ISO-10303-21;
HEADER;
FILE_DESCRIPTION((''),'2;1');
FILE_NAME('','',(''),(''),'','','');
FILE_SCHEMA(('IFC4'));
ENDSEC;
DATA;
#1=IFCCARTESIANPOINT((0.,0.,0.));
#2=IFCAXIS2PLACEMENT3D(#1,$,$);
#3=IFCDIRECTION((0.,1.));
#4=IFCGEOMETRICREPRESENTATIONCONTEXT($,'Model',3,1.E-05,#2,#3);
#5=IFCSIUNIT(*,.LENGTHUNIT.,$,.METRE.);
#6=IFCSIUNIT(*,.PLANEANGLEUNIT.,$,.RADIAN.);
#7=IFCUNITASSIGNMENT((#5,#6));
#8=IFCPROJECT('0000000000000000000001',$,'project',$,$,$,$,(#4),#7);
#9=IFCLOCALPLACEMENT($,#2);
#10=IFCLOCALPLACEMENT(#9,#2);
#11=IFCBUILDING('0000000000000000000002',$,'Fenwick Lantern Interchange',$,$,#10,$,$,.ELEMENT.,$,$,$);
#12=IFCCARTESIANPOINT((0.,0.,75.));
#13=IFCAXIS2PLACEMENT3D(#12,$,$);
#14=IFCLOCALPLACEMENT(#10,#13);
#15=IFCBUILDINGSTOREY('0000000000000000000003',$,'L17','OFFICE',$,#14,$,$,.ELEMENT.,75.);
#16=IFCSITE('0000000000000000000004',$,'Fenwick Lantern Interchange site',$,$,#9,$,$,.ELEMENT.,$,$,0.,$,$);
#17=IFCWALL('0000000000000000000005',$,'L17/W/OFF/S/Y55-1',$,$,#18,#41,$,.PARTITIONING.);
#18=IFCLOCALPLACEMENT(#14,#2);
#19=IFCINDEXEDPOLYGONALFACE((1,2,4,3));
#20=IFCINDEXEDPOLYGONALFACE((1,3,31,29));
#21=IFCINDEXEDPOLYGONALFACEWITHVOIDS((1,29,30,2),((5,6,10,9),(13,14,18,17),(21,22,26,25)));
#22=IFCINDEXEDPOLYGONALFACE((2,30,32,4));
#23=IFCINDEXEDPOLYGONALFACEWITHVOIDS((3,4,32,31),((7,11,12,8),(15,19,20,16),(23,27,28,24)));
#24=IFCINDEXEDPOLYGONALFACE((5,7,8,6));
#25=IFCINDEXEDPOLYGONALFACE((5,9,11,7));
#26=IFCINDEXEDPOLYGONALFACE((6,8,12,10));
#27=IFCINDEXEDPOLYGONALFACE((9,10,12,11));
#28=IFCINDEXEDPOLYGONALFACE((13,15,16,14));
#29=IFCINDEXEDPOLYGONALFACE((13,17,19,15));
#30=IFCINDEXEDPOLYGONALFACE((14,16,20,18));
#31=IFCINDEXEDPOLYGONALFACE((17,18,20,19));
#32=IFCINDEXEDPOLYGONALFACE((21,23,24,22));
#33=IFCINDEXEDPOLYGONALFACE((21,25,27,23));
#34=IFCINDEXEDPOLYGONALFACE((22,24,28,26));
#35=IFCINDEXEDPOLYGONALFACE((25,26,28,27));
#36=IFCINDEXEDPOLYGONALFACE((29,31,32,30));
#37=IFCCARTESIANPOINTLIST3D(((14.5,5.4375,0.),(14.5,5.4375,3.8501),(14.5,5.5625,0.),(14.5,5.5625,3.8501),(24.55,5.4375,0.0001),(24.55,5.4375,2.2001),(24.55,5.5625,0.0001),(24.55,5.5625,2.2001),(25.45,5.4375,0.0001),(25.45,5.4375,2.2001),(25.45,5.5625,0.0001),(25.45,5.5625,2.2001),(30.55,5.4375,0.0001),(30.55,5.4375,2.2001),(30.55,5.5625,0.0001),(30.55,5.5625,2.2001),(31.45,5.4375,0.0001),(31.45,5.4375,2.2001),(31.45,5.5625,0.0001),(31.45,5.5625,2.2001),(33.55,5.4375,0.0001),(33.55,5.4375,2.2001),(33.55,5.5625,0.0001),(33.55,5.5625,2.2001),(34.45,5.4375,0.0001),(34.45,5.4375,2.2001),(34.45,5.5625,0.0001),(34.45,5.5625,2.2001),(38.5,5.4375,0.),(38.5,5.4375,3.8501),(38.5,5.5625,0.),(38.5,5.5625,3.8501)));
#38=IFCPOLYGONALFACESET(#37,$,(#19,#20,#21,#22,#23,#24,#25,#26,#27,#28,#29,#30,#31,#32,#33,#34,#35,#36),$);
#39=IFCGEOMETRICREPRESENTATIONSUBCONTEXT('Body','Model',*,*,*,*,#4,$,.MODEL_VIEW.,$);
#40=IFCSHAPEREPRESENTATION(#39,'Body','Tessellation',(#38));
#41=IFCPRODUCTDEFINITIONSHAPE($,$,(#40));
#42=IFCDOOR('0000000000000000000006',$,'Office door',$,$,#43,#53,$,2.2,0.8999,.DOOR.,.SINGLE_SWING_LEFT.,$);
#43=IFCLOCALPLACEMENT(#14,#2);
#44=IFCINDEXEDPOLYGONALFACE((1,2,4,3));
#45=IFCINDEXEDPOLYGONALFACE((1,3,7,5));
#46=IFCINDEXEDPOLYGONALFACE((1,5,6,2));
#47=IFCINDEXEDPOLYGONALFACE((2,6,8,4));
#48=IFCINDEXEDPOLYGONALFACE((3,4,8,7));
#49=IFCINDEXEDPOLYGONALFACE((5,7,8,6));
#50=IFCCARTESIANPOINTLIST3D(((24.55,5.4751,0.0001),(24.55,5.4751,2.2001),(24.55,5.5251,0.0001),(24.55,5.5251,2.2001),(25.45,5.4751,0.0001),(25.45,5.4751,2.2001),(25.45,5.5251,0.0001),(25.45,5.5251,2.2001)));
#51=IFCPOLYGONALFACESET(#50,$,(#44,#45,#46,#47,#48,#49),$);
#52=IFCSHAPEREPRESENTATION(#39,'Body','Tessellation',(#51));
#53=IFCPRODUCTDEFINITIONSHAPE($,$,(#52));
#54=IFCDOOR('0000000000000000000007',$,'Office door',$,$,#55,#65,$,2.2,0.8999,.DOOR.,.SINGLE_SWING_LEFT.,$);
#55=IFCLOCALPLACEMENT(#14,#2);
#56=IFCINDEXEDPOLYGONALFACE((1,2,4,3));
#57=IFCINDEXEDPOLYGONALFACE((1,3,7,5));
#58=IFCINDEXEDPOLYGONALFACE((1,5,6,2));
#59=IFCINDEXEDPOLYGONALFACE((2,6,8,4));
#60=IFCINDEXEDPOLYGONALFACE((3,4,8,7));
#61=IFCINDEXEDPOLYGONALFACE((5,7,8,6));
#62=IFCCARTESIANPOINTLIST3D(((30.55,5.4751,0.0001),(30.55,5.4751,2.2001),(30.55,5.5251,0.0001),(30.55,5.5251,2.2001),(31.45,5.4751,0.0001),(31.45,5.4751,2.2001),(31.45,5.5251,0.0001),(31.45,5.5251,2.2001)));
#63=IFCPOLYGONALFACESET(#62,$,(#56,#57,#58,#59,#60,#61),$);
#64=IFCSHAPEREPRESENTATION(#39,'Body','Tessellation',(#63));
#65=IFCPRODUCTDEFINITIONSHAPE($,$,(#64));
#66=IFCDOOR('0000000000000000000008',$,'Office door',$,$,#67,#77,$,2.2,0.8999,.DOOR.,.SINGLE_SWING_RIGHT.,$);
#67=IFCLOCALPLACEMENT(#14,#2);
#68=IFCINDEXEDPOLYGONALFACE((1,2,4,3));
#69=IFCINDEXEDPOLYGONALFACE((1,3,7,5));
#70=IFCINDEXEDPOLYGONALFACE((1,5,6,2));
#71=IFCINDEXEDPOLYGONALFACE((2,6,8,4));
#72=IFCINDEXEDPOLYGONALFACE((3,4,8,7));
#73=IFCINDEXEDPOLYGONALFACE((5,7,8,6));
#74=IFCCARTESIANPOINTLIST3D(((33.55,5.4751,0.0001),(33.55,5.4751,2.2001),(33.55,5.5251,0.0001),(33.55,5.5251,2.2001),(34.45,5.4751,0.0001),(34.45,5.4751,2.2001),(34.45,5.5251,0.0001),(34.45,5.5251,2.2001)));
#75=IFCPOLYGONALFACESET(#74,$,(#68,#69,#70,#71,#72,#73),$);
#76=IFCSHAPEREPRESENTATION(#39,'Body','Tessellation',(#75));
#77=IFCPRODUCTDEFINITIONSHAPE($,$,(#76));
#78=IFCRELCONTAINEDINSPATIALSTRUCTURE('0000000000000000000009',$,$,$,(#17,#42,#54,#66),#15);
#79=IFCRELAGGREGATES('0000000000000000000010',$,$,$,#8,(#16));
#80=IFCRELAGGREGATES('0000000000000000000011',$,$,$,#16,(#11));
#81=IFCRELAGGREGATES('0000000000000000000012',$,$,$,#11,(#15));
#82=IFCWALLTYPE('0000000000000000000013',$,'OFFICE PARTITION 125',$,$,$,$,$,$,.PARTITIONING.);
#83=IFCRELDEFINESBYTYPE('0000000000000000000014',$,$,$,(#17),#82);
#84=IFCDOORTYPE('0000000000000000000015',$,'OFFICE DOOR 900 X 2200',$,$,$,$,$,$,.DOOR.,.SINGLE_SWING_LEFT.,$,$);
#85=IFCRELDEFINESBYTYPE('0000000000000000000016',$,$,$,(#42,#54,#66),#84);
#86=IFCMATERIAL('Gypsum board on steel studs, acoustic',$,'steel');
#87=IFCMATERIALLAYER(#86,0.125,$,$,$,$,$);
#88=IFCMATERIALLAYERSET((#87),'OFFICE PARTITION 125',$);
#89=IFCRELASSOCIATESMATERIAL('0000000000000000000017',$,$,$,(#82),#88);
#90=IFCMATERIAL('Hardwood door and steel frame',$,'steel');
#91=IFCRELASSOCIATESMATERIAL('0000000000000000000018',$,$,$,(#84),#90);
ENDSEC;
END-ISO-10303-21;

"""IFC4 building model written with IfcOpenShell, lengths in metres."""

from ifc_helpers import new_model, si_unit, direction, frame, frame_2d, origin, place, context, subcontext, project, spatial, rectangle, extrude, material, layer, layer_set, type_object, element, fill, save


model = new_model("IFC4")

# Units and contexts
model_context = context("Model", 3, precision=1e-05, world=origin(), true_north=direction((0.0, 1.0)))
body_context = subcontext(model_context, "Body", "Model", "MODEL_VIEW")
ifc_project = project(units=[si_unit("LENGTHUNIT", "METRE"), si_unit("PLANEANGLEUNIT", "RADIAN")], contexts=[model_context])

# Site, building, storey
site_placement = place(None, origin())
site = spatial("IfcSite", under=ifc_project, at=site_placement, Name="Fenwick Lantern Interchange site", CompositionType="ELEMENT", RefElevation=0.0)
building_placement = place(site_placement, origin())
building = spatial("IfcBuilding", under=site, at=building_placement, Name="Fenwick Lantern Interchange", CompositionType="ELEMENT")
storey_placement = place(building_placement, frame((0.0, 0.0, 75.0)))
storey = spatial("IfcBuildingStorey", under=building, at=storey_placement, Name="L17", Description="OFFICE", CompositionType="ELEMENT", Elevation=75.0)

# Shared definitions
ifc_material_1 = material(Name="Gypsum board on steel studs, acoustic", Category="steel")
ifc_layer_1 = layer(ifc_material_1, 0.125)
ifc_layer_set_1 = layer_set([ifc_layer_1], Name="OFFICE PARTITION 125")
wall_type = type_object("IfcWallType", Name="OFFICE PARTITION 125", PredefinedType="PARTITIONING", material=ifc_layer_set_1)
ifc_material_2 = material(Name="Hardwood door and steel frame", Category="steel")
door_type = type_object("IfcDoorType", Name="OFFICE DOOR 900 X 2200", OperationType="SINGLE_SWING_LEFT", PredefinedType="DOOR", material=ifc_material_2)

# Wall, openings, doors
wall_1_placement = place(storey_placement, frame((14.5, 5.5, 0.0), z_axis=(0.0, 0.0, 1.0), x_axis=(1.0, 0.0, 0.0)))
wall_1 = element("IfcWall", 1, at=wall_1_placement, inside=storey, type_object=wall_type, Name="L17/W/OFF/S/Y55-1", PredefinedType="PARTITIONING", context=body_context, shape_type="SweptSolid", body=[
    extrude(rectangle(XDim=24.0, YDim=0.125, at=frame_2d((12.0, 0.0))), origin(), (0.0, 0.0, 1.0), 3.8501),
])
opening_1_placement = place(wall_1_placement, frame((10.05, 0.0, 0.0)))
opening_1 = element("IfcOpeningElement", 2, at=opening_1_placement, cuts=wall_1, PredefinedType="OPENING", context=body_context, shape_type="SweptSolid", body=[
    extrude(rectangle(XDim=0.8999, YDim=2.2, at=frame_2d((0.45, 1.1001))), frame((0.0, 0.0725, 0.0), z_axis=(0.0, -1.0, 0.0), x_axis=(1.0, 0.0, 0.0)), (0.0, 0.0, 1.0), 0.145),
])
opening_2_placement = place(wall_1_placement, frame((16.05, 0.0, 0.0)))
opening_2 = element("IfcOpeningElement", 3, at=opening_2_placement, cuts=wall_1, PredefinedType="OPENING", context=body_context, shape_type="SweptSolid", body=[
    extrude(rectangle(XDim=0.8999, YDim=2.2, at=frame_2d((0.45, 1.1001))), frame((0.0, 0.0725, 0.0), z_axis=(0.0, -1.0, 0.0), x_axis=(1.0, 0.0, 0.0)), (0.0, 0.0, 1.0), 0.145),
])
opening_3_placement = place(wall_1_placement, frame((19.05, 0.0, 0.0)))
opening_3 = element("IfcOpeningElement", 4, at=opening_3_placement, cuts=wall_1, PredefinedType="OPENING", context=body_context, shape_type="SweptSolid", body=[
    extrude(rectangle(XDim=0.8999, YDim=2.2, at=frame_2d((0.45, 1.1001))), frame((0.0, 0.0725, 0.0), z_axis=(0.0, -1.0, 0.0), x_axis=(1.0, 0.0, 0.0)), (0.0, 0.0, 1.0), 0.145),
])
door_1_placement = place(opening_1_placement, frame((0.8999, 0.0, 0.0), z_axis=(0.0, 0.0, 1.0), x_axis=(-1.0, 0.0, 0.0)))
door_1 = element("IfcDoor", 5, at=door_1_placement, inside=storey, type_object=door_type, Name="Office door", OperationType="SINGLE_SWING_LEFT", OverallHeight=2.2, OverallWidth=0.8999, PredefinedType="DOOR", context=body_context, shape_type="SweptSolid", body=[
    extrude(rectangle(XDim=0.8999, YDim=2.2, at=frame_2d((0.45, 1.1001))), frame((0.0, 0.0249, 0.0), z_axis=(0.0, -1.0, 0.0), x_axis=(1.0, 0.0, 0.0)), (0.0, 0.0, 1.0), 0.05),
])
fill(opening_1, door_1)
door_2_placement = place(opening_2_placement, frame((0.8999, 0.0, 0.0), z_axis=(0.0, 0.0, 1.0), x_axis=(-1.0, 0.0, 0.0)))
door_2 = element("IfcDoor", 6, at=door_2_placement, inside=storey, type_object=door_type, Name="Office door", OperationType="SINGLE_SWING_LEFT", OverallHeight=2.2, OverallWidth=0.8999, PredefinedType="DOOR", context=body_context, shape_type="SweptSolid", body=[
    extrude(rectangle(XDim=0.8999, YDim=2.2, at=frame_2d((0.45, 1.1001))), frame((0.0, 0.0249, 0.0), z_axis=(0.0, -1.0, 0.0), x_axis=(1.0, 0.0, 0.0)), (0.0, 0.0, 1.0), 0.05),
])
fill(opening_2, door_2)
door_3_placement = place(opening_3_placement, frame((0.8999, 0.0, 0.0), z_axis=(0.0, 0.0, 1.0), x_axis=(-1.0, 0.0, 0.0)))
door_3 = element("IfcDoor", 7, at=door_3_placement, inside=storey, type_object=door_type, Name="Office door", OperationType="SINGLE_SWING_RIGHT", OverallHeight=2.2, OverallWidth=0.8999, PredefinedType="DOOR", context=body_context, shape_type="SweptSolid", body=[
    extrude(rectangle(XDim=0.8999, YDim=2.2, at=frame_2d((0.45, 1.1001))), frame((0.0, 0.0249, 0.0), z_axis=(0.0, -1.0, 0.0), x_axis=(1.0, 0.0, 0.0)), (0.0, 0.0, 1.0), 0.05),
])
fill(opening_3, door_3)

save(model, "model.ifc")
